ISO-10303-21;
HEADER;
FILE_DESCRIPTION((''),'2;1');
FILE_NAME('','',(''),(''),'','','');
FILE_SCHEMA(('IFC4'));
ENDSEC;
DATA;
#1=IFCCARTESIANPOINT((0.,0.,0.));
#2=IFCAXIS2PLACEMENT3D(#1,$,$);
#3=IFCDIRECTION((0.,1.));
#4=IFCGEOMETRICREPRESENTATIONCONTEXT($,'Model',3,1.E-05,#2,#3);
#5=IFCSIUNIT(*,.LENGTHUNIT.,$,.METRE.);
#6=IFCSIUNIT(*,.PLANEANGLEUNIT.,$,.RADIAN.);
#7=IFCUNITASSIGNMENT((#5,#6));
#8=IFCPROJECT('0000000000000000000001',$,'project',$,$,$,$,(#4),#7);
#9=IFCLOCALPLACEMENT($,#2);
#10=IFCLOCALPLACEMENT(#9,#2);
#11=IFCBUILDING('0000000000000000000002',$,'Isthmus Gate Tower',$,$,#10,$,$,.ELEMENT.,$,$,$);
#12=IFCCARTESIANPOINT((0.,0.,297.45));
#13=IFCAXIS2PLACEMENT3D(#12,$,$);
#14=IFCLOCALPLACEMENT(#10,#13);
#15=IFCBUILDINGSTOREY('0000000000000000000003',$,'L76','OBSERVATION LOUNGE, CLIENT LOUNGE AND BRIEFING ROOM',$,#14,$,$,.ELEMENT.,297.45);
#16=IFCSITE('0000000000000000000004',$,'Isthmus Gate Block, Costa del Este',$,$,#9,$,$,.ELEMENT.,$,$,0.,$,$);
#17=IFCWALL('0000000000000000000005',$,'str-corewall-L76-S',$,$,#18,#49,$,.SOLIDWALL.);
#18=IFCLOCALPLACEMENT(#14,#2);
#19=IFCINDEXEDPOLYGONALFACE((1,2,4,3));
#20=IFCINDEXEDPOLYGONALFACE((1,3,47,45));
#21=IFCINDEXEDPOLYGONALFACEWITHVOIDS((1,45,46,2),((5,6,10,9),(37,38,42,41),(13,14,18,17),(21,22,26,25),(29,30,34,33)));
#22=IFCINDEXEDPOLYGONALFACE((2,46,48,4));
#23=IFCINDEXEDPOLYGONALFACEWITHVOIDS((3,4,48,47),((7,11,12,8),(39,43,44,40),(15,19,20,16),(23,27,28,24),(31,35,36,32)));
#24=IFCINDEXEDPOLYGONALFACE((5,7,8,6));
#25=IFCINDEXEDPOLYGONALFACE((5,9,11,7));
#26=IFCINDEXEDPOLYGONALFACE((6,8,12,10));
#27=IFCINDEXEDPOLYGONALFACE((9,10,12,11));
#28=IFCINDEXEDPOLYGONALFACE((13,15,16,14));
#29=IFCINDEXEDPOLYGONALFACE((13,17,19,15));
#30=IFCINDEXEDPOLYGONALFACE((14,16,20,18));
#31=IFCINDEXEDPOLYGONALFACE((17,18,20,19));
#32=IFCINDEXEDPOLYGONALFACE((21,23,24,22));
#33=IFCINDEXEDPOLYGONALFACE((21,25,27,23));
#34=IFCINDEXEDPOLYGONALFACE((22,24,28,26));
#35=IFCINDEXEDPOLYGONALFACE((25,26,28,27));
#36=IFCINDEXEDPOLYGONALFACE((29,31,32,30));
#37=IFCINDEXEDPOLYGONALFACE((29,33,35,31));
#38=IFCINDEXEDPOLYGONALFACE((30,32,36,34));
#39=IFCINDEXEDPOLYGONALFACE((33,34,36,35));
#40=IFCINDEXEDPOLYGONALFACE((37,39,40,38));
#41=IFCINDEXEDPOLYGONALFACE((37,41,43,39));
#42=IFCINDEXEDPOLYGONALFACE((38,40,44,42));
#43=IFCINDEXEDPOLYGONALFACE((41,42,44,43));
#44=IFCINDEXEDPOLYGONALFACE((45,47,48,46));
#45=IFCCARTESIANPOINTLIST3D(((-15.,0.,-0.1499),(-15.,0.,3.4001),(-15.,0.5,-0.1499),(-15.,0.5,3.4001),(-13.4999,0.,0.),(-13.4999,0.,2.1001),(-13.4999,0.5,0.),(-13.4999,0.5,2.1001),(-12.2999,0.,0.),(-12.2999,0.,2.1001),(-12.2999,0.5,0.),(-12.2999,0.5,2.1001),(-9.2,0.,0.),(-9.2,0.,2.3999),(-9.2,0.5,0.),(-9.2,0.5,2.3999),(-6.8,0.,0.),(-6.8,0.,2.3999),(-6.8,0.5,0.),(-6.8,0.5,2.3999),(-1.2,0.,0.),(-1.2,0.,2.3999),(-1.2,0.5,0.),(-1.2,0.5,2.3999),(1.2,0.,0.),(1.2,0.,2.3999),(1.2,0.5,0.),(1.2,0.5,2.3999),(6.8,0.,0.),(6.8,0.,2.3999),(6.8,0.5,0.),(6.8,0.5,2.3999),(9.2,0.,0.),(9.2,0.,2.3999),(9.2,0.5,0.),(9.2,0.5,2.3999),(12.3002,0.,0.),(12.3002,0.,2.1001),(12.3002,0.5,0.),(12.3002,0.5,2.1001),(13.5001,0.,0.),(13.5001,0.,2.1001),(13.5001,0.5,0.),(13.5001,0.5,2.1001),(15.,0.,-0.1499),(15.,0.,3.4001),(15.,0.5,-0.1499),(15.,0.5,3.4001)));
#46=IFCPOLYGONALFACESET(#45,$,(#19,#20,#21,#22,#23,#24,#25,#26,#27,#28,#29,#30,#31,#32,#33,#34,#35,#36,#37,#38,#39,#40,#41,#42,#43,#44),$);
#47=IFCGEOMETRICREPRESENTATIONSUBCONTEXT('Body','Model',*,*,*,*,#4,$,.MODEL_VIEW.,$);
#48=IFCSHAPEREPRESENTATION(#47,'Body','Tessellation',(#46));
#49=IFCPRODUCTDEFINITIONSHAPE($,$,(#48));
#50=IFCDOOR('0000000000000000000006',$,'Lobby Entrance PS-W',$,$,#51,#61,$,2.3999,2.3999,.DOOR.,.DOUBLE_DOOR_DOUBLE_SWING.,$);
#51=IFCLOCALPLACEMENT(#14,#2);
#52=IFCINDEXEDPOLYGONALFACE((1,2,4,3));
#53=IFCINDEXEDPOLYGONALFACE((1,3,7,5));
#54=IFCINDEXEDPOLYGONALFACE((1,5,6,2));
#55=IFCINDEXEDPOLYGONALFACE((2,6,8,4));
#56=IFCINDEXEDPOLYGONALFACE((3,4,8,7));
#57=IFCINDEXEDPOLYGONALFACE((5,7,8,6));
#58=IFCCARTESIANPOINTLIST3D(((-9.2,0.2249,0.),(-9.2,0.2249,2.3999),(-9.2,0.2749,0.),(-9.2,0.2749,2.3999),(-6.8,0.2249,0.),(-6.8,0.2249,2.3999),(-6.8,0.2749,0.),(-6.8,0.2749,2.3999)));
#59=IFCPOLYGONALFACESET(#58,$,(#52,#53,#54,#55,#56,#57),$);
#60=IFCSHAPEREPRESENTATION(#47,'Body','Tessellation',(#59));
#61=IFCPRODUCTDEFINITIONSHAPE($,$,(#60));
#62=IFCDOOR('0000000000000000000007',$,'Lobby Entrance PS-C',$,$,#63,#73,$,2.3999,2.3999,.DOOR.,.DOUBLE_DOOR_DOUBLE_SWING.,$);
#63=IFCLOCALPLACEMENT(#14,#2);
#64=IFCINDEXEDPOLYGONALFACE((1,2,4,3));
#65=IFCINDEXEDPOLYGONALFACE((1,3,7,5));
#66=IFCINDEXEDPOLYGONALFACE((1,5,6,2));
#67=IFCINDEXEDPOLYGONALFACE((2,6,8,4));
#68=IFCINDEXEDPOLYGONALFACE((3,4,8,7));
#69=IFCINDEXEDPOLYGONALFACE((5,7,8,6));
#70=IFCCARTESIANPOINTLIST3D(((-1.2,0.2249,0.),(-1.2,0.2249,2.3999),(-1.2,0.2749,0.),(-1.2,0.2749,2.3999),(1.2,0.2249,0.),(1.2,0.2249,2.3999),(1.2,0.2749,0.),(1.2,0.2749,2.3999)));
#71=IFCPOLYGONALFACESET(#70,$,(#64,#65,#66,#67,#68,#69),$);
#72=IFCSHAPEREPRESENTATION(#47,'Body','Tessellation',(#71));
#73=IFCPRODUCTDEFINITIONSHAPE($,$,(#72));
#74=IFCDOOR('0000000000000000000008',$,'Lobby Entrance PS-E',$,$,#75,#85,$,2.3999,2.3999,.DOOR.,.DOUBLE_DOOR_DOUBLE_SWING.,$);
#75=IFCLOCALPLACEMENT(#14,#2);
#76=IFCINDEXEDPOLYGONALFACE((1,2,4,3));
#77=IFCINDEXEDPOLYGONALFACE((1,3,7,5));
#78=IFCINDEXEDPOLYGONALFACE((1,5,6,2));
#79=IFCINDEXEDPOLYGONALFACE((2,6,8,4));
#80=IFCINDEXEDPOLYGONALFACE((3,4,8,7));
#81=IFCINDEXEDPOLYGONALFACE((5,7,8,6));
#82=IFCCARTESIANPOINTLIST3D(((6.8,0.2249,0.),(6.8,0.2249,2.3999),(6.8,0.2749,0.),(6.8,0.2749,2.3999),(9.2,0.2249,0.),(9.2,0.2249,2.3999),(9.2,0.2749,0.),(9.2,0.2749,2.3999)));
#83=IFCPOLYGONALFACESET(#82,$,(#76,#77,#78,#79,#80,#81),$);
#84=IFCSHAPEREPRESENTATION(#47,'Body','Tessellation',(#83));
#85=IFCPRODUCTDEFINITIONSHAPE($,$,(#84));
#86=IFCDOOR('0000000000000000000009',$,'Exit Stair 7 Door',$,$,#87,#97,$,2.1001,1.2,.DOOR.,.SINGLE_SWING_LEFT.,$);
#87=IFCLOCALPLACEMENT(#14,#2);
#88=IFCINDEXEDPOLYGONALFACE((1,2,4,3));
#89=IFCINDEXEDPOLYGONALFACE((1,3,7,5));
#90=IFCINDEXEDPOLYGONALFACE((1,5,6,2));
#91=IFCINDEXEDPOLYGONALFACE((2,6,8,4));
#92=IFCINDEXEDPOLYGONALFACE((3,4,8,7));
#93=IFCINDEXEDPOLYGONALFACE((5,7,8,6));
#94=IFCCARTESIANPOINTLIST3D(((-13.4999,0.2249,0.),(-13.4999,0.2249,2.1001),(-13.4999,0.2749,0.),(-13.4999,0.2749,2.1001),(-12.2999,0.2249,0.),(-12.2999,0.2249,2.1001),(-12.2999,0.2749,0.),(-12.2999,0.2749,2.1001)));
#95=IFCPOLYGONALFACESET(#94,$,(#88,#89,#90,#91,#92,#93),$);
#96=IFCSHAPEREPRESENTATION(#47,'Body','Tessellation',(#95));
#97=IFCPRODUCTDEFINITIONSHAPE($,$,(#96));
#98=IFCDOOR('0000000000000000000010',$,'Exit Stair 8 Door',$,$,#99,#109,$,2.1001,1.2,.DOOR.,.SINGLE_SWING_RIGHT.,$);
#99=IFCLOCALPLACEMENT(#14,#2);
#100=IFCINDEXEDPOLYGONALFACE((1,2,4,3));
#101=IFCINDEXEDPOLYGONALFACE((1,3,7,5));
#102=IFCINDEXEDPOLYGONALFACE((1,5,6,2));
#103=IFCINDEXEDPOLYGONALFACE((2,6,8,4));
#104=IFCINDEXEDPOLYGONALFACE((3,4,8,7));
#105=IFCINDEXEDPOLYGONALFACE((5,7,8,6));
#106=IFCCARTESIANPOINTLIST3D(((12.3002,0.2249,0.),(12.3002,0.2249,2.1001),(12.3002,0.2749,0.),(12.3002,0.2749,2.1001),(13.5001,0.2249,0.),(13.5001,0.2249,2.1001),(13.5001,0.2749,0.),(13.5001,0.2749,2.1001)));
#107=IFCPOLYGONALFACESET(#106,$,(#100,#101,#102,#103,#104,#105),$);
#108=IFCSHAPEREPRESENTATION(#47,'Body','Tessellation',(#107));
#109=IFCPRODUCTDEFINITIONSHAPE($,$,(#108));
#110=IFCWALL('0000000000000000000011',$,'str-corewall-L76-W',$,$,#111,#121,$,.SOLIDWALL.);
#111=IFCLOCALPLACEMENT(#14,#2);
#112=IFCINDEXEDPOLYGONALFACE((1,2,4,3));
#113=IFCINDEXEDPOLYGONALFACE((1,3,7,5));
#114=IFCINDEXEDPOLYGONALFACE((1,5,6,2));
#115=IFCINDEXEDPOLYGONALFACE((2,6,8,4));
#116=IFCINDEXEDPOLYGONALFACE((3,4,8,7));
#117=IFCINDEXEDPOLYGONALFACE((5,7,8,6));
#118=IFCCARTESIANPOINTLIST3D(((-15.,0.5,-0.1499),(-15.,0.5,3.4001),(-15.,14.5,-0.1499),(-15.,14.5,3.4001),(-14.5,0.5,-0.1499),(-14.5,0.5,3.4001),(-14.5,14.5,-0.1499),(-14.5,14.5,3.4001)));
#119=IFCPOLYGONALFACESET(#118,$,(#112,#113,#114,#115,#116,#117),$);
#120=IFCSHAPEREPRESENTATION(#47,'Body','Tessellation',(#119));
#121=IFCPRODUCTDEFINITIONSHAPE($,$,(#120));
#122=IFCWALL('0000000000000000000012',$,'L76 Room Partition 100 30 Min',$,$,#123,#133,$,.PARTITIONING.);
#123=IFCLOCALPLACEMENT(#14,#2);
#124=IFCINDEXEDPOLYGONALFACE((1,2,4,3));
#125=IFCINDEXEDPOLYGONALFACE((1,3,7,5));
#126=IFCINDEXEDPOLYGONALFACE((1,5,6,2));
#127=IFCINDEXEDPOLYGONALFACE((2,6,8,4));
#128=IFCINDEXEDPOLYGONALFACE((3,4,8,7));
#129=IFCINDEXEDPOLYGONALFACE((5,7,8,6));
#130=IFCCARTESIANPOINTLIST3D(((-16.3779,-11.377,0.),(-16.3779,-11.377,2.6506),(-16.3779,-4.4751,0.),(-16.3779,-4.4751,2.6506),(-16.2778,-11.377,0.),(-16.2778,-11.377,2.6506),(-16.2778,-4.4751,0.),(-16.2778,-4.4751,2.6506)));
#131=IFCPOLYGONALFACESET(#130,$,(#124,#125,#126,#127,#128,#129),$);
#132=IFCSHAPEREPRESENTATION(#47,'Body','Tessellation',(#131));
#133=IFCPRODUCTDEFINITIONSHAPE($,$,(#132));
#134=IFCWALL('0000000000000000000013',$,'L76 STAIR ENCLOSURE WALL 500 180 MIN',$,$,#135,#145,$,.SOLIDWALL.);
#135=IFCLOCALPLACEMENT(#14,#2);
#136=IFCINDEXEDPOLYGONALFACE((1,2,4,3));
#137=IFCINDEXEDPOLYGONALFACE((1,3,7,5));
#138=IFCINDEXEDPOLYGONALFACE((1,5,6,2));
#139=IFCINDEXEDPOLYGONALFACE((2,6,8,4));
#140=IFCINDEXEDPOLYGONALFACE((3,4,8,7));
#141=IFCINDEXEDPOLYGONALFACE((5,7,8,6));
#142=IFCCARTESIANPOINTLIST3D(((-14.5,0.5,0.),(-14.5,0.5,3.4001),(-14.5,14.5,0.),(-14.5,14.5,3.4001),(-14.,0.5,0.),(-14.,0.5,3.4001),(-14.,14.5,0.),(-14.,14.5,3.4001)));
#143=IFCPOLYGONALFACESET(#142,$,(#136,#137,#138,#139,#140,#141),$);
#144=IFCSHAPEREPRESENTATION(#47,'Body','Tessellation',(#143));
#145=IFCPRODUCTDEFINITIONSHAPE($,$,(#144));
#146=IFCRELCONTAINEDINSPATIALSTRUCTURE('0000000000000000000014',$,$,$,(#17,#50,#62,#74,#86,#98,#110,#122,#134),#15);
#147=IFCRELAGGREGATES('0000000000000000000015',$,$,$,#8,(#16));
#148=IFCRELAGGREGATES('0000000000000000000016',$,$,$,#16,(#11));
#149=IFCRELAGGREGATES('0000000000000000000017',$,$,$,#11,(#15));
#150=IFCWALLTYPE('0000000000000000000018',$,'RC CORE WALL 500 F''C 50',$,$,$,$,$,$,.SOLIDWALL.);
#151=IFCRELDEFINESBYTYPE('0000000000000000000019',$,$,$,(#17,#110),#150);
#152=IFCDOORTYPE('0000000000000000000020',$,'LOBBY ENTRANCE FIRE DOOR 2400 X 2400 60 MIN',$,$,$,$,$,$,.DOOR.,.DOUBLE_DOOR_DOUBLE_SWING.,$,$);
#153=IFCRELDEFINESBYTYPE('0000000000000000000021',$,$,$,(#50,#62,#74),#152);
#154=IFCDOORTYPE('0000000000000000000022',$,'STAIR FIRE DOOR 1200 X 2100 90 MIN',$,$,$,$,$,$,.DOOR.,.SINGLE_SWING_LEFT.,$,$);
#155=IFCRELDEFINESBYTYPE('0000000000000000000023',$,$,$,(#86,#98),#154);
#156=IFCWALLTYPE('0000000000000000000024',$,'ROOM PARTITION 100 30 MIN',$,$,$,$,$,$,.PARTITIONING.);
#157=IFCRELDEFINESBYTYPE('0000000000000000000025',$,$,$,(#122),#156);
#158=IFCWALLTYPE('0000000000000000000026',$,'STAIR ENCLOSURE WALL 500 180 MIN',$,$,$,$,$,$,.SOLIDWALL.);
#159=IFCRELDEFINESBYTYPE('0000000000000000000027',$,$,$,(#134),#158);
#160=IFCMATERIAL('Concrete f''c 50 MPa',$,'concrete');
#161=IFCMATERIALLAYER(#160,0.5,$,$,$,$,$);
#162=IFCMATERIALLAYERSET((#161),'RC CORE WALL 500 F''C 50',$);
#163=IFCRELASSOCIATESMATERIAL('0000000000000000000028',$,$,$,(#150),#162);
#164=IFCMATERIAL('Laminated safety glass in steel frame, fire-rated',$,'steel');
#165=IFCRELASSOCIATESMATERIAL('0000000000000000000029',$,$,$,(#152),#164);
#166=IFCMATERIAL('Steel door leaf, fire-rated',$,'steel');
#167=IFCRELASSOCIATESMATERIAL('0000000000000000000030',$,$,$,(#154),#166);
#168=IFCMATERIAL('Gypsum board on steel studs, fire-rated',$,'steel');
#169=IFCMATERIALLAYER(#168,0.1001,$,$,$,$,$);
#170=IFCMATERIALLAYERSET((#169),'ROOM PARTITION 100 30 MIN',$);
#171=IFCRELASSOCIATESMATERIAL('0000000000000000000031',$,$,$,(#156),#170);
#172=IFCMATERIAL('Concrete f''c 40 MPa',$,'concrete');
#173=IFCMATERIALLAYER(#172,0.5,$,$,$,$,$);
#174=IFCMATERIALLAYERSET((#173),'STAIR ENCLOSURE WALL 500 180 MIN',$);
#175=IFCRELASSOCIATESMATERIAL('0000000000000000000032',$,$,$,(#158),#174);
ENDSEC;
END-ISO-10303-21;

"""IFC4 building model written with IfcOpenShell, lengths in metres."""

from ifc_helpers import new_model, si_unit, direction, frame, frame_2d, origin, place, context, subcontext, project, spatial, rectangle, extrude, material, layer, layer_set, type_object, element, fill, save


model = new_model("IFC4")

# Units and contexts
model_context = context("Model", 3, precision=1e-05, world=origin(), true_north=direction((0.0, 1.0)))
body_context = subcontext(model_context, "Body", "Model", "MODEL_VIEW")
ifc_project = project(units=[si_unit("LENGTHUNIT", "METRE"), si_unit("PLANEANGLEUNIT", "RADIAN")], contexts=[model_context])

# Site, building, storey
site_placement = place(None, origin())
site = spatial("IfcSite", under=ifc_project, at=site_placement, Name="Isthmus Gate Block, Costa del Este", CompositionType="ELEMENT", RefElevation=0.0)
building_placement = place(site_placement, origin())
building = spatial("IfcBuilding", under=site, at=building_placement, Name="Isthmus Gate Tower", CompositionType="ELEMENT")
storey_placement = place(building_placement, frame((0.0, 0.0, 297.45)))
storey = spatial("IfcBuildingStorey", under=building, at=storey_placement, Name="L76", Description="OBSERVATION LOUNGE, CLIENT LOUNGE AND BRIEFING ROOM", CompositionType="ELEMENT", Elevation=297.45)

# Wall, openings, doors
ifc_material_1 = material(Name="Concrete f'c 50 MPa", Category="concrete")
ifc_layer_1 = layer(ifc_material_1, 0.5)
ifc_layer_set_1 = layer_set([ifc_layer_1], Name="RC CORE WALL 500 F'C 50")
wall_type_1 = type_object("IfcWallType", Name="RC CORE WALL 500 F'C 50", PredefinedType="SOLIDWALL", material=ifc_layer_set_1)
wall_1_placement = place(storey_placement, frame((-15.0, 0.25, -0.1499), z_axis=(0.0, 0.0, 1.0), x_axis=(1.0, 0.0, 0.0)))
wall_1 = element("IfcWall", 1, at=wall_1_placement, inside=storey, type_object=wall_type_1, Name="str-corewall-L76-S", PredefinedType="SOLIDWALL", context=body_context, shape_type="SweptSolid", body=[
    extrude(rectangle(XDim=30.0, YDim=0.5, at=frame_2d((15.0, 0.0))), origin(), (0.0, 0.0, 1.0), 3.55),
])
opening_1_placement = place(wall_1_placement, frame((5.8, 0.0, 0.1499)))
opening_1 = element("IfcOpeningElement", 2, at=opening_1_placement, cuts=wall_1, PredefinedType="OPENING", context=body_context, shape_type="SweptSolid", body=[
    extrude(rectangle(XDim=2.3999, YDim=2.3999, at=frame_2d((1.2, 1.2))), frame((0.0, 0.26, 0.0), z_axis=(0.0, -1.0, 0.0), x_axis=(1.0, 0.0, 0.0)), (0.0, 0.0, 1.0), 0.52),
])
opening_2_placement = place(wall_1_placement, frame((13.8, 0.0, 0.1499)))
opening_2 = element("IfcOpeningElement", 3, at=opening_2_placement, cuts=wall_1, PredefinedType="OPENING", context=body_context, shape_type="SweptSolid", body=[
    extrude(rectangle(XDim=2.3999, YDim=2.3999, at=frame_2d((1.2, 1.2))), frame((0.0, 0.26, 0.0), z_axis=(0.0, -1.0, 0.0), x_axis=(1.0, 0.0, 0.0)), (0.0, 0.0, 1.0), 0.52),
])
opening_3_placement = place(wall_1_placement, frame((21.8, 0.0, 0.1499)))
opening_3 = element("IfcOpeningElement", 4, at=opening_3_placement, cuts=wall_1, PredefinedType="OPENING", context=body_context, shape_type="SweptSolid", body=[
    extrude(rectangle(XDim=2.3999, YDim=2.3999, at=frame_2d((1.2, 1.2))), frame((0.0, 0.26, 0.0), z_axis=(0.0, -1.0, 0.0), x_axis=(1.0, 0.0, 0.0)), (0.0, 0.0, 1.0), 0.52),
])
opening_4_placement = place(wall_1_placement, frame((1.5, 0.0, 0.1499)))
opening_4 = element("IfcOpeningElement", 5, at=opening_4_placement, cuts=wall_1, PredefinedType="OPENING", context=body_context, shape_type="SweptSolid", body=[
    extrude(rectangle(XDim=1.2, YDim=2.1001, at=frame_2d((0.6001, 1.05))), frame((0.0, 0.26, 0.0), z_axis=(0.0, -1.0, 0.0), x_axis=(1.0, 0.0, 0.0)), (0.0, 0.0, 1.0), 0.52),
])
opening_5_placement = place(wall_1_placement, frame((27.3, 0.0, 0.1499)))
opening_5 = element("IfcOpeningElement", 6, at=opening_5_placement, cuts=wall_1, PredefinedType="OPENING", context=body_context, shape_type="SweptSolid", body=[
    extrude(rectangle(XDim=1.2, YDim=2.1001, at=frame_2d((0.6001, 1.05))), frame((0.0, 0.26, 0.0), z_axis=(0.0, -1.0, 0.0), x_axis=(1.0, 0.0, 0.0)), (0.0, 0.0, 1.0), 0.52),
])
ifc_material_2 = material(Name="Laminated safety glass in steel frame, fire-rated", Category="steel")
door_type_1 = type_object("IfcDoorType", Name="LOBBY ENTRANCE FIRE DOOR 2400 X 2400 60 MIN", OperationType="DOUBLE_DOOR_DOUBLE_SWING", PredefinedType="DOOR", material=ifc_material_2)
door_1_placement = place(opening_1_placement, origin())
door_1 = element("IfcDoor", 7, at=door_1_placement, inside=storey, type_object=door_type_1, Name="Lobby Entrance PS-W", OperationType="DOUBLE_DOOR_DOUBLE_SWING", OverallHeight=2.3999, OverallWidth=2.3999, PredefinedType="DOOR", context=body_context, shape_type="SweptSolid", body=[
    extrude(rectangle(XDim=2.3999, YDim=2.3999, at=frame_2d((1.2, 1.2))), frame((0.0, 0.0249, 0.0), z_axis=(0.0, -1.0, 0.0), x_axis=(1.0, 0.0, 0.0)), (0.0, 0.0, 1.0), 0.05),
])
fill(opening_1, door_1)
door_2_placement = place(opening_2_placement, origin())
door_2 = element("IfcDoor", 8, at=door_2_placement, inside=storey, type_object=door_type_1, Name="Lobby Entrance PS-C", OperationType="DOUBLE_DOOR_DOUBLE_SWING", OverallHeight=2.3999, OverallWidth=2.3999, PredefinedType="DOOR", context=body_context, shape_type="SweptSolid", body=[
    extrude(rectangle(XDim=2.3999, YDim=2.3999, at=frame_2d((1.2, 1.2))), frame((0.0, 0.0249, 0.0), z_axis=(0.0, -1.0, 0.0), x_axis=(1.0, 0.0, 0.0)), (0.0, 0.0, 1.0), 0.05),
])
fill(opening_2, door_2)
door_3_placement = place(opening_3_placement, origin())
door_3 = element("IfcDoor", 9, at=door_3_placement, inside=storey, type_object=door_type_1, Name="Lobby Entrance PS-E", OperationType="DOUBLE_DOOR_DOUBLE_SWING", OverallHeight=2.3999, OverallWidth=2.3999, PredefinedType="DOOR", context=body_context, shape_type="SweptSolid", body=[
    extrude(rectangle(XDim=2.3999, YDim=2.3999, at=frame_2d((1.2, 1.2))), frame((0.0, 0.0249, 0.0), z_axis=(0.0, -1.0, 0.0), x_axis=(1.0, 0.0, 0.0)), (0.0, 0.0, 1.0), 0.05),
])
fill(opening_3, door_3)
ifc_material_3 = material(Name="Steel door leaf, fire-rated", Category="steel")
door_type_2 = type_object("IfcDoorType", Name="STAIR FIRE DOOR 1200 X 2100 90 MIN", OperationType="SINGLE_SWING_LEFT", PredefinedType="DOOR", material=ifc_material_3)
door_4_placement = place(opening_4_placement, origin())
door_4 = element("IfcDoor", 10, at=door_4_placement, inside=storey, type_object=door_type_2, Name="Exit Stair 7 Door", OperationType="SINGLE_SWING_LEFT", OverallHeight=2.1001, OverallWidth=1.2, PredefinedType="DOOR", context=body_context, shape_type="SweptSolid", body=[
    extrude(rectangle(XDim=1.2, YDim=2.1001, at=frame_2d((0.6001, 1.05))), frame((0.0, 0.0249, 0.0), z_axis=(0.0, -1.0, 0.0), x_axis=(1.0, 0.0, 0.0)), (0.0, 0.0, 1.0), 0.05),
])
fill(opening_4, door_4)
door_5_placement = place(opening_5_placement, origin())
door_5 = element("IfcDoor", 11, at=door_5_placement, inside=storey, type_object=door_type_2, Name="Exit Stair 8 Door", OperationType="SINGLE_SWING_RIGHT", OverallHeight=2.1001, OverallWidth=1.2, PredefinedType="DOOR", context=body_context, shape_type="SweptSolid", body=[
    extrude(rectangle(XDim=1.2, YDim=2.1001, at=frame_2d((0.6001, 1.05))), frame((0.0, 0.0249, 0.0), z_axis=(0.0, -1.0, 0.0), x_axis=(1.0, 0.0, 0.0)), (0.0, 0.0, 1.0), 0.05),
])
fill(opening_5, door_5)

# Walls
wall_2_placement = place(storey_placement, frame((-14.75, 0.5, -0.1499), z_axis=(0.0, 0.0, 1.0), x_axis=(0.0, 1.0, 0.0)))
element("IfcWall", 12, at=wall_2_placement, inside=storey, type_object=wall_type_1, Name="str-corewall-L76-W", PredefinedType="SOLIDWALL", context=body_context, shape_type="SweptSolid", body=[
    extrude(rectangle(XDim=14.0, YDim=0.5, at=frame_2d((7.0, 0.0))), origin(), (0.0, 0.0, 1.0), 3.55),
])
ifc_material_4 = material(Name="Gypsum board on steel studs, fire-rated", Category="steel")
ifc_layer_2 = layer(ifc_material_4, 0.1001)
ifc_layer_set_2 = layer_set([ifc_layer_2], Name="ROOM PARTITION 100 30 MIN")
wall_type_2 = type_object("IfcWallType", Name="ROOM PARTITION 100 30 MIN", PredefinedType="PARTITIONING", material=ifc_layer_set_2)
wall_3_placement = place(storey_placement, frame((-16.3279, -11.377, 0.0), z_axis=(0.0, 0.0, 1.0), x_axis=(0.0, 1.0, 0.0)))
element("IfcWall", 13, at=wall_3_placement, inside=storey, type_object=wall_type_2, Name="L76 Room Partition 100 30 Min", PredefinedType="PARTITIONING", context=body_context, shape_type="SweptSolid", body=[
    extrude(rectangle(XDim=6.9019, YDim=0.1001, at=frame_2d((3.4509, 0.0))), origin(), (0.0, 0.0, 1.0), 2.6506),
])
ifc_material_5 = material(Name="Concrete f'c 40 MPa", Category="concrete")
ifc_layer_3 = layer(ifc_material_5, 0.5)
ifc_layer_set_3 = layer_set([ifc_layer_3], Name="STAIR ENCLOSURE WALL 500 180 MIN")
wall_type_3 = type_object("IfcWallType", Name="STAIR ENCLOSURE WALL 500 180 MIN", PredefinedType="SOLIDWALL", material=ifc_layer_set_3)
wall_4_placement = place(storey_placement, frame((-14.25, 0.5, 0.0), z_axis=(0.0, 0.0, 1.0), x_axis=(0.0, 1.0, 0.0)))
element("IfcWall", 14, at=wall_4_placement, inside=storey, type_object=wall_type_3, Name="L76 STAIR ENCLOSURE WALL 500 180 MIN", PredefinedType="SOLIDWALL", context=body_context, shape_type="SweptSolid", body=[
    extrude(rectangle(XDim=14.0, YDim=0.5, at=frame_2d((7.0, 0.0))), origin(), (0.0, 0.0, 1.0), 3.4001),
])

save(model, "model.ifc")
